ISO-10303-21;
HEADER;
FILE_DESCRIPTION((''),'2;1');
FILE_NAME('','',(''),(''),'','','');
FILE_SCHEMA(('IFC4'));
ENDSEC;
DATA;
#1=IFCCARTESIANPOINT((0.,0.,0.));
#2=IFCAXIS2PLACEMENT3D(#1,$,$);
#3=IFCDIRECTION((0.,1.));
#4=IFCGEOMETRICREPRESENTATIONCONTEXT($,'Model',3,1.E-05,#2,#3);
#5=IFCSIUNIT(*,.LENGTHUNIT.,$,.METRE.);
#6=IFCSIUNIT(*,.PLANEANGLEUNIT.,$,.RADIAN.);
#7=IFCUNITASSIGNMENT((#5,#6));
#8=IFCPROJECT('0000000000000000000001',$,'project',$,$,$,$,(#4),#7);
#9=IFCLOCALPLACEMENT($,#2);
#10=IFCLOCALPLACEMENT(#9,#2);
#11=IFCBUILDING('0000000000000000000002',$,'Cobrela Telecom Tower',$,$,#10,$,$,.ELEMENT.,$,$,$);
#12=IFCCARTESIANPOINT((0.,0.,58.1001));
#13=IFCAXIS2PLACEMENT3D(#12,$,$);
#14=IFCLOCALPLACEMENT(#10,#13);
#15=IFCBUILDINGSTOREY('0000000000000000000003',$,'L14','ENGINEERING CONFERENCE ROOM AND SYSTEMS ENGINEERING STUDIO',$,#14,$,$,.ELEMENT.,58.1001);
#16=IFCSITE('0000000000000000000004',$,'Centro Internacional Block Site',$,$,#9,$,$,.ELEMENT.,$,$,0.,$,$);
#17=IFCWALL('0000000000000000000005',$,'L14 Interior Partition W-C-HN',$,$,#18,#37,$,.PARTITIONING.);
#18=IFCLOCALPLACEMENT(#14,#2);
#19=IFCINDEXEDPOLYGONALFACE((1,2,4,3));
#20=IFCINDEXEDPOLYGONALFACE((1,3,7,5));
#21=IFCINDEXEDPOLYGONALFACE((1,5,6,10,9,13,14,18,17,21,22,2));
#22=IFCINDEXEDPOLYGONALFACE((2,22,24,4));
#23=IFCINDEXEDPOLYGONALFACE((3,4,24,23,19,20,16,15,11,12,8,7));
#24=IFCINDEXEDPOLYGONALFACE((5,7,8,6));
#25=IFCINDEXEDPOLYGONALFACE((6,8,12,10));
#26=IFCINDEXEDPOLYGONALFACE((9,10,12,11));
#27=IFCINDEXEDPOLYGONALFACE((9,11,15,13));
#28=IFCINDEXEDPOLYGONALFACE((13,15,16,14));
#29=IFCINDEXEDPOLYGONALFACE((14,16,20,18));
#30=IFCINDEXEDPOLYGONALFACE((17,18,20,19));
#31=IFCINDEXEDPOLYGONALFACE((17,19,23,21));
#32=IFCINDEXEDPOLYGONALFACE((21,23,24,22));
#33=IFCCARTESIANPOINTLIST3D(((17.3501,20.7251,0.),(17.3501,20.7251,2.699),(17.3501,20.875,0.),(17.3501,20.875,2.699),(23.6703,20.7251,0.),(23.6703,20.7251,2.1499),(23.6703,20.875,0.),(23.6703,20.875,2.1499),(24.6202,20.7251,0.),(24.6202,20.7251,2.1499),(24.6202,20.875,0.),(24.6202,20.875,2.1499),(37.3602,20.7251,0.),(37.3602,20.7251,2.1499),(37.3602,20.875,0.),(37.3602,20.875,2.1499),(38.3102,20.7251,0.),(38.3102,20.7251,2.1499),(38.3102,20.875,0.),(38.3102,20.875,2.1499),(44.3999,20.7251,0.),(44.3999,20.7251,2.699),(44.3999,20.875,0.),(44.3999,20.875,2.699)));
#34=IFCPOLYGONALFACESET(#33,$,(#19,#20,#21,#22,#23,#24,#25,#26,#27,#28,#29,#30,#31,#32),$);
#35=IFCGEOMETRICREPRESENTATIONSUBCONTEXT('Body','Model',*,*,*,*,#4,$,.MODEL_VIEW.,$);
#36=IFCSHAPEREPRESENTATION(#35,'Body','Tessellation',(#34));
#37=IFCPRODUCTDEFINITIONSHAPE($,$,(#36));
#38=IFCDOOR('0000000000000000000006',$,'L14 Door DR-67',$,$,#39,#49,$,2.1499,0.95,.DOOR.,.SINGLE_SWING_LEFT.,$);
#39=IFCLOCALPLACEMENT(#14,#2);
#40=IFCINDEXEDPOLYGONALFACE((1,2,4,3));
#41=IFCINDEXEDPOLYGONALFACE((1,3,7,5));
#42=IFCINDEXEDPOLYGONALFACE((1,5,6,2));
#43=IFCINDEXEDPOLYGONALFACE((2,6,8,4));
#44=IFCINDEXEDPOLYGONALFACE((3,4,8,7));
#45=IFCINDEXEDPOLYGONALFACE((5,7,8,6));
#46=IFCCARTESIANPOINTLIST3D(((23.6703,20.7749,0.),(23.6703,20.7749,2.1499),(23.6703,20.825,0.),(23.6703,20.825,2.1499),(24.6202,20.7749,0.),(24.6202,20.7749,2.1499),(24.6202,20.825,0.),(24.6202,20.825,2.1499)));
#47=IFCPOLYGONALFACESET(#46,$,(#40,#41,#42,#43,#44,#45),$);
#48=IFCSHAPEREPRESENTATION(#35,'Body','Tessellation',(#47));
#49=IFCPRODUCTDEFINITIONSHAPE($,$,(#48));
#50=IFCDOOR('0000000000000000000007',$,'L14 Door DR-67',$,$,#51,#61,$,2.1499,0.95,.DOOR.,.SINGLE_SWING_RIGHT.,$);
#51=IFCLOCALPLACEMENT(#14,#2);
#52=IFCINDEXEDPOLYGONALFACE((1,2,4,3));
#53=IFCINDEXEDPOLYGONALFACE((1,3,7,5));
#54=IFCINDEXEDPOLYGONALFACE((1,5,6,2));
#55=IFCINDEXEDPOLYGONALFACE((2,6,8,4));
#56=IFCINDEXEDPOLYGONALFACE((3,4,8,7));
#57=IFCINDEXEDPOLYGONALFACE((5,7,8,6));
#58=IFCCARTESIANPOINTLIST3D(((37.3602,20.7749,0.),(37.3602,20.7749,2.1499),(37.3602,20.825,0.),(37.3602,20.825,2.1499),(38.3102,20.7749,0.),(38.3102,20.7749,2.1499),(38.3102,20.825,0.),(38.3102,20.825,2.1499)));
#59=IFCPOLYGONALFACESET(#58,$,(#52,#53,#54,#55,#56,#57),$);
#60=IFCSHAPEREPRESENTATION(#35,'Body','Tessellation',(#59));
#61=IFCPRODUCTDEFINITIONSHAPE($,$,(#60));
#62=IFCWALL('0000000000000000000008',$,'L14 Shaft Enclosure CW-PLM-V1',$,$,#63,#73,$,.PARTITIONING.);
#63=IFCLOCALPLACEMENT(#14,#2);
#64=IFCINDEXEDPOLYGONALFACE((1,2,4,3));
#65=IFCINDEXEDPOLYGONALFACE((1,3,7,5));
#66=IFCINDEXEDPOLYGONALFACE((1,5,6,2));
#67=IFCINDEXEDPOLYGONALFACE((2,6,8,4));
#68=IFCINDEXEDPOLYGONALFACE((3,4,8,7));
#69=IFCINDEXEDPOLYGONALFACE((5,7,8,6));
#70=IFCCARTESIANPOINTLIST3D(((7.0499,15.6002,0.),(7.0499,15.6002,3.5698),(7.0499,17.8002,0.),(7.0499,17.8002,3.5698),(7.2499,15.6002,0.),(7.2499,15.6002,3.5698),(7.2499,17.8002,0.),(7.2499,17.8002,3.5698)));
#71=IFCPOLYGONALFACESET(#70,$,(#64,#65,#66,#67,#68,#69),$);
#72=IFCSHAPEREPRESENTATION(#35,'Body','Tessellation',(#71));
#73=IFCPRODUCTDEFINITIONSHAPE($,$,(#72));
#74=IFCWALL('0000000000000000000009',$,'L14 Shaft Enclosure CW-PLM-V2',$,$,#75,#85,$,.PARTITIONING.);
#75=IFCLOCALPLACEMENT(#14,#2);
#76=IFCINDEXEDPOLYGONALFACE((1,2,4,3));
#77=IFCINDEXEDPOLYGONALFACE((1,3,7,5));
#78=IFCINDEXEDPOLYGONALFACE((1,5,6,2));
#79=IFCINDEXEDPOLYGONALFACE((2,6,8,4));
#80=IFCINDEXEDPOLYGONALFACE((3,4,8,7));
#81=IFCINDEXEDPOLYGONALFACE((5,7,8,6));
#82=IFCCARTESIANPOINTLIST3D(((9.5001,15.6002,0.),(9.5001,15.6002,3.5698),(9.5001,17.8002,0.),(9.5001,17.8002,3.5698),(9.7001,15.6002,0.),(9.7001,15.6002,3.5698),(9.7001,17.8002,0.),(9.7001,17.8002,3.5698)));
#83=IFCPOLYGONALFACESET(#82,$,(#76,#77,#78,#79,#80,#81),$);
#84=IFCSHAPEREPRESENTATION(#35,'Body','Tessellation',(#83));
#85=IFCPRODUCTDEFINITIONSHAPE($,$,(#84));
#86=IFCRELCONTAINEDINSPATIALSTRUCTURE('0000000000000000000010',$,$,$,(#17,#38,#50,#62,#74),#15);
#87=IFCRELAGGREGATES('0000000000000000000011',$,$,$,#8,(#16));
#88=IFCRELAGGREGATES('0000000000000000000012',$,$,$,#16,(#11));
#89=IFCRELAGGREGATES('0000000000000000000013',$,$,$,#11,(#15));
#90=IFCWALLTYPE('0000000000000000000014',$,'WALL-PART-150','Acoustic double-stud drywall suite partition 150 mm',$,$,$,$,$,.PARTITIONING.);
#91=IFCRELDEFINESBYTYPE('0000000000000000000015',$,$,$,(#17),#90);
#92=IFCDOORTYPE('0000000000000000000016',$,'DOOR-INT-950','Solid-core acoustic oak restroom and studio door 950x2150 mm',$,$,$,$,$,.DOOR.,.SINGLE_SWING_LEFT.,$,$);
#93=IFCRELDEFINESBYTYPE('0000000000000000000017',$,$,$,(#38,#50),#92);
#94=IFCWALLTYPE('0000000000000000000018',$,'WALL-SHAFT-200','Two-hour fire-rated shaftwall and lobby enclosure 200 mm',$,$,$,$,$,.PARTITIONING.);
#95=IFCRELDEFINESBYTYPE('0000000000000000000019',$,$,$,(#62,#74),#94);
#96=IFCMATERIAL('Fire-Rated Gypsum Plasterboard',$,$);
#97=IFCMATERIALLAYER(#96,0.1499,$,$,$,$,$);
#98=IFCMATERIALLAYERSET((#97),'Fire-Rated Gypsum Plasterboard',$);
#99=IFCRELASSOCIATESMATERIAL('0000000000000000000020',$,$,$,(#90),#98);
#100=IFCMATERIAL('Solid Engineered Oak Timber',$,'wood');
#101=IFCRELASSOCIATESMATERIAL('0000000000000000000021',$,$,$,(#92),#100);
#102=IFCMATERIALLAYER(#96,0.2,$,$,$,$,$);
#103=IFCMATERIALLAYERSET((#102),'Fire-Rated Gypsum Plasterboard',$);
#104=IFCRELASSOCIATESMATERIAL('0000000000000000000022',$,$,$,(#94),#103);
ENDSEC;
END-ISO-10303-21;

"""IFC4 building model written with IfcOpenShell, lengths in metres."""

from ifc_helpers import new_model, si_unit, direction, frame, frame_2d, origin, place, context, subcontext, project, spatial, rectangle, extrude, material, layer, layer_set, type_object, element, fill, save


model = new_model("IFC4")

# Units and contexts
model_context = context("Model", 3, precision=1e-05, world=origin(), true_north=direction((0.0, 1.0)))
body_context = subcontext(model_context, "Body", "Model", "MODEL_VIEW")
ifc_project = project(units=[si_unit("LENGTHUNIT", "METRE"), si_unit("PLANEANGLEUNIT", "RADIAN")], contexts=[model_context])

# Site, building, storey
site_placement = place(None, origin())
site = spatial("IfcSite", under=ifc_project, at=site_placement, Name="Centro Internacional Block Site", CompositionType="ELEMENT", RefElevation=0.0)
building_placement = place(site_placement, origin())
building = spatial("IfcBuilding", under=site, at=building_placement, Name="Cobrela Telecom Tower", CompositionType="ELEMENT")
storey_placement = place(building_placement, frame((0.0, 0.0, 58.1001)))
storey = spatial("IfcBuildingStorey", under=building, at=storey_placement, Name="L14", Description="ENGINEERING CONFERENCE ROOM AND SYSTEMS ENGINEERING STUDIO", CompositionType="ELEMENT", Elevation=58.1001)

# Wall, openings, doors
ifc_material_1 = material(Name="Fire-Rated Gypsum Plasterboard")
ifc_layer_1 = layer(ifc_material_1, 0.1499)
ifc_layer_set_1 = layer_set([ifc_layer_1], Name="Fire-Rated Gypsum Plasterboard")
wall_type_1 = type_object("IfcWallType", Name="WALL-PART-150", Description="Acoustic double-stud drywall suite partition 150 mm", PredefinedType="PARTITIONING", material=ifc_layer_set_1)
ifc_material_2 = material(Name="Solid Engineered Oak Timber", Category="wood")
door_type_1 = type_object("IfcDoorType", Name="DOOR-INT-950", Description="Solid-core acoustic oak restroom and studio door 950x2150 mm", OperationType="SINGLE_SWING_LEFT", PredefinedType="DOOR", material=ifc_material_2)
wall_1_placement = place(storey_placement, frame((17.3501, 20.8, 0.0), z_axis=(0.0, 0.0, 1.0), x_axis=(1.0, 0.0, 0.0)))
wall_1 = element("IfcWall", 1, at=wall_1_placement, inside=storey, type_object=wall_type_1, Name="L14 Interior Partition W-C-HN", PredefinedType="PARTITIONING", context=body_context, shape_type="SweptSolid", body=[
    extrude(rectangle(XDim=27.0498, YDim=0.1499, at=frame_2d((13.5249, 0.0))), origin(), (0.0, 0.0, 1.0), 2.699),
])
opening_1_placement = place(wall_1_placement, frame((6.3201, 0.0, 0.0)))
opening_1 = element("IfcOpeningElement", 2, at=opening_1_placement, cuts=wall_1, PredefinedType="OPENING", context=body_context, shape_type="SweptSolid", body=[
    extrude(rectangle(XDim=0.95, YDim=2.1499, at=frame_2d((0.4751, 1.075))), frame((0.0, 0.0869, 0.0), z_axis=(0.0, -1.0, 0.0), x_axis=(1.0, 0.0, 0.0)), (0.0, 0.0, 1.0), 0.1738),
])
opening_2_placement = place(wall_1_placement, frame((20.01, 0.0, 0.0)))
opening_2 = element("IfcOpeningElement", 3, at=opening_2_placement, cuts=wall_1, PredefinedType="OPENING", context=body_context, shape_type="SweptSolid", body=[
    extrude(rectangle(XDim=0.95, YDim=2.1499, at=frame_2d((0.4751, 1.075))), frame((0.0, 0.0869, 0.0), z_axis=(0.0, -1.0, 0.0), x_axis=(1.0, 0.0, 0.0)), (0.0, 0.0, 1.0), 0.1738),
])
door_1_placement = place(opening_1_placement, origin())
door_1 = element("IfcDoor", 4, at=door_1_placement, inside=storey, type_object=door_type_1, Name="L14 Door DR-67", OperationType="SINGLE_SWING_LEFT", OverallHeight=2.1499, OverallWidth=0.95, PredefinedType="DOOR", context=body_context, shape_type="SweptSolid", body=[
    extrude(rectangle(XDim=0.95, YDim=2.1499, at=frame_2d((0.4751, 1.075))), frame((0.0, 0.0249, 0.0), z_axis=(0.0, -1.0, 0.0), x_axis=(1.0, 0.0, 0.0)), (0.0, 0.0, 1.0), 0.05),
])
fill(opening_1, door_1)
door_2_placement = place(opening_2_placement, origin())
door_2 = element("IfcDoor", 5, at=door_2_placement, inside=storey, type_object=door_type_1, Name="L14 Door DR-67", OperationType="SINGLE_SWING_RIGHT", OverallHeight=2.1499, OverallWidth=0.95, PredefinedType="DOOR", context=body_context, shape_type="SweptSolid", body=[
    extrude(rectangle(XDim=0.95, YDim=2.1499, at=frame_2d((0.4751, 1.075))), frame((0.0, 0.0249, 0.0), z_axis=(0.0, -1.0, 0.0), x_axis=(1.0, 0.0, 0.0)), (0.0, 0.0, 1.0), 0.05),
])
fill(opening_2, door_2)

# Walls
ifc_layer_2 = layer(ifc_material_1, 0.2)
ifc_layer_set_2 = layer_set([ifc_layer_2], Name="Fire-Rated Gypsum Plasterboard")
wall_type_2 = type_object("IfcWallType", Name="WALL-SHAFT-200", Description="Two-hour fire-rated shaftwall and lobby enclosure 200 mm", PredefinedType="PARTITIONING", material=ifc_layer_set_2)
for number, where, z_axis, x_axis, name in (
    (6, (7.1499, 15.6001, 0.0), (0.0, 0.0, 1.0), (0.0, 1.0, 0.0), "L14 Shaft Enclosure CW-PLM-V1"),
    (7, (9.6001, 15.6001, 0.0), (0.0, 0.0, 1.0), (0.0, 1.0, 0.0), "L14 Shaft Enclosure CW-PLM-V2"),
):
    element("IfcWall", number, at=place(storey_placement, frame(where, z_axis=z_axis, x_axis=x_axis)), inside=storey, type_object=wall_type_2, Name=name, PredefinedType="PARTITIONING", context=body_context, shape_type="SweptSolid", body=[
        extrude(rectangle(XDim=2.2, YDim=0.2, at=frame_2d((1.1001, 0.0))), origin(), (0.0, 0.0, 1.0), 3.5698),
    ])

save(model, "model.ifc")
